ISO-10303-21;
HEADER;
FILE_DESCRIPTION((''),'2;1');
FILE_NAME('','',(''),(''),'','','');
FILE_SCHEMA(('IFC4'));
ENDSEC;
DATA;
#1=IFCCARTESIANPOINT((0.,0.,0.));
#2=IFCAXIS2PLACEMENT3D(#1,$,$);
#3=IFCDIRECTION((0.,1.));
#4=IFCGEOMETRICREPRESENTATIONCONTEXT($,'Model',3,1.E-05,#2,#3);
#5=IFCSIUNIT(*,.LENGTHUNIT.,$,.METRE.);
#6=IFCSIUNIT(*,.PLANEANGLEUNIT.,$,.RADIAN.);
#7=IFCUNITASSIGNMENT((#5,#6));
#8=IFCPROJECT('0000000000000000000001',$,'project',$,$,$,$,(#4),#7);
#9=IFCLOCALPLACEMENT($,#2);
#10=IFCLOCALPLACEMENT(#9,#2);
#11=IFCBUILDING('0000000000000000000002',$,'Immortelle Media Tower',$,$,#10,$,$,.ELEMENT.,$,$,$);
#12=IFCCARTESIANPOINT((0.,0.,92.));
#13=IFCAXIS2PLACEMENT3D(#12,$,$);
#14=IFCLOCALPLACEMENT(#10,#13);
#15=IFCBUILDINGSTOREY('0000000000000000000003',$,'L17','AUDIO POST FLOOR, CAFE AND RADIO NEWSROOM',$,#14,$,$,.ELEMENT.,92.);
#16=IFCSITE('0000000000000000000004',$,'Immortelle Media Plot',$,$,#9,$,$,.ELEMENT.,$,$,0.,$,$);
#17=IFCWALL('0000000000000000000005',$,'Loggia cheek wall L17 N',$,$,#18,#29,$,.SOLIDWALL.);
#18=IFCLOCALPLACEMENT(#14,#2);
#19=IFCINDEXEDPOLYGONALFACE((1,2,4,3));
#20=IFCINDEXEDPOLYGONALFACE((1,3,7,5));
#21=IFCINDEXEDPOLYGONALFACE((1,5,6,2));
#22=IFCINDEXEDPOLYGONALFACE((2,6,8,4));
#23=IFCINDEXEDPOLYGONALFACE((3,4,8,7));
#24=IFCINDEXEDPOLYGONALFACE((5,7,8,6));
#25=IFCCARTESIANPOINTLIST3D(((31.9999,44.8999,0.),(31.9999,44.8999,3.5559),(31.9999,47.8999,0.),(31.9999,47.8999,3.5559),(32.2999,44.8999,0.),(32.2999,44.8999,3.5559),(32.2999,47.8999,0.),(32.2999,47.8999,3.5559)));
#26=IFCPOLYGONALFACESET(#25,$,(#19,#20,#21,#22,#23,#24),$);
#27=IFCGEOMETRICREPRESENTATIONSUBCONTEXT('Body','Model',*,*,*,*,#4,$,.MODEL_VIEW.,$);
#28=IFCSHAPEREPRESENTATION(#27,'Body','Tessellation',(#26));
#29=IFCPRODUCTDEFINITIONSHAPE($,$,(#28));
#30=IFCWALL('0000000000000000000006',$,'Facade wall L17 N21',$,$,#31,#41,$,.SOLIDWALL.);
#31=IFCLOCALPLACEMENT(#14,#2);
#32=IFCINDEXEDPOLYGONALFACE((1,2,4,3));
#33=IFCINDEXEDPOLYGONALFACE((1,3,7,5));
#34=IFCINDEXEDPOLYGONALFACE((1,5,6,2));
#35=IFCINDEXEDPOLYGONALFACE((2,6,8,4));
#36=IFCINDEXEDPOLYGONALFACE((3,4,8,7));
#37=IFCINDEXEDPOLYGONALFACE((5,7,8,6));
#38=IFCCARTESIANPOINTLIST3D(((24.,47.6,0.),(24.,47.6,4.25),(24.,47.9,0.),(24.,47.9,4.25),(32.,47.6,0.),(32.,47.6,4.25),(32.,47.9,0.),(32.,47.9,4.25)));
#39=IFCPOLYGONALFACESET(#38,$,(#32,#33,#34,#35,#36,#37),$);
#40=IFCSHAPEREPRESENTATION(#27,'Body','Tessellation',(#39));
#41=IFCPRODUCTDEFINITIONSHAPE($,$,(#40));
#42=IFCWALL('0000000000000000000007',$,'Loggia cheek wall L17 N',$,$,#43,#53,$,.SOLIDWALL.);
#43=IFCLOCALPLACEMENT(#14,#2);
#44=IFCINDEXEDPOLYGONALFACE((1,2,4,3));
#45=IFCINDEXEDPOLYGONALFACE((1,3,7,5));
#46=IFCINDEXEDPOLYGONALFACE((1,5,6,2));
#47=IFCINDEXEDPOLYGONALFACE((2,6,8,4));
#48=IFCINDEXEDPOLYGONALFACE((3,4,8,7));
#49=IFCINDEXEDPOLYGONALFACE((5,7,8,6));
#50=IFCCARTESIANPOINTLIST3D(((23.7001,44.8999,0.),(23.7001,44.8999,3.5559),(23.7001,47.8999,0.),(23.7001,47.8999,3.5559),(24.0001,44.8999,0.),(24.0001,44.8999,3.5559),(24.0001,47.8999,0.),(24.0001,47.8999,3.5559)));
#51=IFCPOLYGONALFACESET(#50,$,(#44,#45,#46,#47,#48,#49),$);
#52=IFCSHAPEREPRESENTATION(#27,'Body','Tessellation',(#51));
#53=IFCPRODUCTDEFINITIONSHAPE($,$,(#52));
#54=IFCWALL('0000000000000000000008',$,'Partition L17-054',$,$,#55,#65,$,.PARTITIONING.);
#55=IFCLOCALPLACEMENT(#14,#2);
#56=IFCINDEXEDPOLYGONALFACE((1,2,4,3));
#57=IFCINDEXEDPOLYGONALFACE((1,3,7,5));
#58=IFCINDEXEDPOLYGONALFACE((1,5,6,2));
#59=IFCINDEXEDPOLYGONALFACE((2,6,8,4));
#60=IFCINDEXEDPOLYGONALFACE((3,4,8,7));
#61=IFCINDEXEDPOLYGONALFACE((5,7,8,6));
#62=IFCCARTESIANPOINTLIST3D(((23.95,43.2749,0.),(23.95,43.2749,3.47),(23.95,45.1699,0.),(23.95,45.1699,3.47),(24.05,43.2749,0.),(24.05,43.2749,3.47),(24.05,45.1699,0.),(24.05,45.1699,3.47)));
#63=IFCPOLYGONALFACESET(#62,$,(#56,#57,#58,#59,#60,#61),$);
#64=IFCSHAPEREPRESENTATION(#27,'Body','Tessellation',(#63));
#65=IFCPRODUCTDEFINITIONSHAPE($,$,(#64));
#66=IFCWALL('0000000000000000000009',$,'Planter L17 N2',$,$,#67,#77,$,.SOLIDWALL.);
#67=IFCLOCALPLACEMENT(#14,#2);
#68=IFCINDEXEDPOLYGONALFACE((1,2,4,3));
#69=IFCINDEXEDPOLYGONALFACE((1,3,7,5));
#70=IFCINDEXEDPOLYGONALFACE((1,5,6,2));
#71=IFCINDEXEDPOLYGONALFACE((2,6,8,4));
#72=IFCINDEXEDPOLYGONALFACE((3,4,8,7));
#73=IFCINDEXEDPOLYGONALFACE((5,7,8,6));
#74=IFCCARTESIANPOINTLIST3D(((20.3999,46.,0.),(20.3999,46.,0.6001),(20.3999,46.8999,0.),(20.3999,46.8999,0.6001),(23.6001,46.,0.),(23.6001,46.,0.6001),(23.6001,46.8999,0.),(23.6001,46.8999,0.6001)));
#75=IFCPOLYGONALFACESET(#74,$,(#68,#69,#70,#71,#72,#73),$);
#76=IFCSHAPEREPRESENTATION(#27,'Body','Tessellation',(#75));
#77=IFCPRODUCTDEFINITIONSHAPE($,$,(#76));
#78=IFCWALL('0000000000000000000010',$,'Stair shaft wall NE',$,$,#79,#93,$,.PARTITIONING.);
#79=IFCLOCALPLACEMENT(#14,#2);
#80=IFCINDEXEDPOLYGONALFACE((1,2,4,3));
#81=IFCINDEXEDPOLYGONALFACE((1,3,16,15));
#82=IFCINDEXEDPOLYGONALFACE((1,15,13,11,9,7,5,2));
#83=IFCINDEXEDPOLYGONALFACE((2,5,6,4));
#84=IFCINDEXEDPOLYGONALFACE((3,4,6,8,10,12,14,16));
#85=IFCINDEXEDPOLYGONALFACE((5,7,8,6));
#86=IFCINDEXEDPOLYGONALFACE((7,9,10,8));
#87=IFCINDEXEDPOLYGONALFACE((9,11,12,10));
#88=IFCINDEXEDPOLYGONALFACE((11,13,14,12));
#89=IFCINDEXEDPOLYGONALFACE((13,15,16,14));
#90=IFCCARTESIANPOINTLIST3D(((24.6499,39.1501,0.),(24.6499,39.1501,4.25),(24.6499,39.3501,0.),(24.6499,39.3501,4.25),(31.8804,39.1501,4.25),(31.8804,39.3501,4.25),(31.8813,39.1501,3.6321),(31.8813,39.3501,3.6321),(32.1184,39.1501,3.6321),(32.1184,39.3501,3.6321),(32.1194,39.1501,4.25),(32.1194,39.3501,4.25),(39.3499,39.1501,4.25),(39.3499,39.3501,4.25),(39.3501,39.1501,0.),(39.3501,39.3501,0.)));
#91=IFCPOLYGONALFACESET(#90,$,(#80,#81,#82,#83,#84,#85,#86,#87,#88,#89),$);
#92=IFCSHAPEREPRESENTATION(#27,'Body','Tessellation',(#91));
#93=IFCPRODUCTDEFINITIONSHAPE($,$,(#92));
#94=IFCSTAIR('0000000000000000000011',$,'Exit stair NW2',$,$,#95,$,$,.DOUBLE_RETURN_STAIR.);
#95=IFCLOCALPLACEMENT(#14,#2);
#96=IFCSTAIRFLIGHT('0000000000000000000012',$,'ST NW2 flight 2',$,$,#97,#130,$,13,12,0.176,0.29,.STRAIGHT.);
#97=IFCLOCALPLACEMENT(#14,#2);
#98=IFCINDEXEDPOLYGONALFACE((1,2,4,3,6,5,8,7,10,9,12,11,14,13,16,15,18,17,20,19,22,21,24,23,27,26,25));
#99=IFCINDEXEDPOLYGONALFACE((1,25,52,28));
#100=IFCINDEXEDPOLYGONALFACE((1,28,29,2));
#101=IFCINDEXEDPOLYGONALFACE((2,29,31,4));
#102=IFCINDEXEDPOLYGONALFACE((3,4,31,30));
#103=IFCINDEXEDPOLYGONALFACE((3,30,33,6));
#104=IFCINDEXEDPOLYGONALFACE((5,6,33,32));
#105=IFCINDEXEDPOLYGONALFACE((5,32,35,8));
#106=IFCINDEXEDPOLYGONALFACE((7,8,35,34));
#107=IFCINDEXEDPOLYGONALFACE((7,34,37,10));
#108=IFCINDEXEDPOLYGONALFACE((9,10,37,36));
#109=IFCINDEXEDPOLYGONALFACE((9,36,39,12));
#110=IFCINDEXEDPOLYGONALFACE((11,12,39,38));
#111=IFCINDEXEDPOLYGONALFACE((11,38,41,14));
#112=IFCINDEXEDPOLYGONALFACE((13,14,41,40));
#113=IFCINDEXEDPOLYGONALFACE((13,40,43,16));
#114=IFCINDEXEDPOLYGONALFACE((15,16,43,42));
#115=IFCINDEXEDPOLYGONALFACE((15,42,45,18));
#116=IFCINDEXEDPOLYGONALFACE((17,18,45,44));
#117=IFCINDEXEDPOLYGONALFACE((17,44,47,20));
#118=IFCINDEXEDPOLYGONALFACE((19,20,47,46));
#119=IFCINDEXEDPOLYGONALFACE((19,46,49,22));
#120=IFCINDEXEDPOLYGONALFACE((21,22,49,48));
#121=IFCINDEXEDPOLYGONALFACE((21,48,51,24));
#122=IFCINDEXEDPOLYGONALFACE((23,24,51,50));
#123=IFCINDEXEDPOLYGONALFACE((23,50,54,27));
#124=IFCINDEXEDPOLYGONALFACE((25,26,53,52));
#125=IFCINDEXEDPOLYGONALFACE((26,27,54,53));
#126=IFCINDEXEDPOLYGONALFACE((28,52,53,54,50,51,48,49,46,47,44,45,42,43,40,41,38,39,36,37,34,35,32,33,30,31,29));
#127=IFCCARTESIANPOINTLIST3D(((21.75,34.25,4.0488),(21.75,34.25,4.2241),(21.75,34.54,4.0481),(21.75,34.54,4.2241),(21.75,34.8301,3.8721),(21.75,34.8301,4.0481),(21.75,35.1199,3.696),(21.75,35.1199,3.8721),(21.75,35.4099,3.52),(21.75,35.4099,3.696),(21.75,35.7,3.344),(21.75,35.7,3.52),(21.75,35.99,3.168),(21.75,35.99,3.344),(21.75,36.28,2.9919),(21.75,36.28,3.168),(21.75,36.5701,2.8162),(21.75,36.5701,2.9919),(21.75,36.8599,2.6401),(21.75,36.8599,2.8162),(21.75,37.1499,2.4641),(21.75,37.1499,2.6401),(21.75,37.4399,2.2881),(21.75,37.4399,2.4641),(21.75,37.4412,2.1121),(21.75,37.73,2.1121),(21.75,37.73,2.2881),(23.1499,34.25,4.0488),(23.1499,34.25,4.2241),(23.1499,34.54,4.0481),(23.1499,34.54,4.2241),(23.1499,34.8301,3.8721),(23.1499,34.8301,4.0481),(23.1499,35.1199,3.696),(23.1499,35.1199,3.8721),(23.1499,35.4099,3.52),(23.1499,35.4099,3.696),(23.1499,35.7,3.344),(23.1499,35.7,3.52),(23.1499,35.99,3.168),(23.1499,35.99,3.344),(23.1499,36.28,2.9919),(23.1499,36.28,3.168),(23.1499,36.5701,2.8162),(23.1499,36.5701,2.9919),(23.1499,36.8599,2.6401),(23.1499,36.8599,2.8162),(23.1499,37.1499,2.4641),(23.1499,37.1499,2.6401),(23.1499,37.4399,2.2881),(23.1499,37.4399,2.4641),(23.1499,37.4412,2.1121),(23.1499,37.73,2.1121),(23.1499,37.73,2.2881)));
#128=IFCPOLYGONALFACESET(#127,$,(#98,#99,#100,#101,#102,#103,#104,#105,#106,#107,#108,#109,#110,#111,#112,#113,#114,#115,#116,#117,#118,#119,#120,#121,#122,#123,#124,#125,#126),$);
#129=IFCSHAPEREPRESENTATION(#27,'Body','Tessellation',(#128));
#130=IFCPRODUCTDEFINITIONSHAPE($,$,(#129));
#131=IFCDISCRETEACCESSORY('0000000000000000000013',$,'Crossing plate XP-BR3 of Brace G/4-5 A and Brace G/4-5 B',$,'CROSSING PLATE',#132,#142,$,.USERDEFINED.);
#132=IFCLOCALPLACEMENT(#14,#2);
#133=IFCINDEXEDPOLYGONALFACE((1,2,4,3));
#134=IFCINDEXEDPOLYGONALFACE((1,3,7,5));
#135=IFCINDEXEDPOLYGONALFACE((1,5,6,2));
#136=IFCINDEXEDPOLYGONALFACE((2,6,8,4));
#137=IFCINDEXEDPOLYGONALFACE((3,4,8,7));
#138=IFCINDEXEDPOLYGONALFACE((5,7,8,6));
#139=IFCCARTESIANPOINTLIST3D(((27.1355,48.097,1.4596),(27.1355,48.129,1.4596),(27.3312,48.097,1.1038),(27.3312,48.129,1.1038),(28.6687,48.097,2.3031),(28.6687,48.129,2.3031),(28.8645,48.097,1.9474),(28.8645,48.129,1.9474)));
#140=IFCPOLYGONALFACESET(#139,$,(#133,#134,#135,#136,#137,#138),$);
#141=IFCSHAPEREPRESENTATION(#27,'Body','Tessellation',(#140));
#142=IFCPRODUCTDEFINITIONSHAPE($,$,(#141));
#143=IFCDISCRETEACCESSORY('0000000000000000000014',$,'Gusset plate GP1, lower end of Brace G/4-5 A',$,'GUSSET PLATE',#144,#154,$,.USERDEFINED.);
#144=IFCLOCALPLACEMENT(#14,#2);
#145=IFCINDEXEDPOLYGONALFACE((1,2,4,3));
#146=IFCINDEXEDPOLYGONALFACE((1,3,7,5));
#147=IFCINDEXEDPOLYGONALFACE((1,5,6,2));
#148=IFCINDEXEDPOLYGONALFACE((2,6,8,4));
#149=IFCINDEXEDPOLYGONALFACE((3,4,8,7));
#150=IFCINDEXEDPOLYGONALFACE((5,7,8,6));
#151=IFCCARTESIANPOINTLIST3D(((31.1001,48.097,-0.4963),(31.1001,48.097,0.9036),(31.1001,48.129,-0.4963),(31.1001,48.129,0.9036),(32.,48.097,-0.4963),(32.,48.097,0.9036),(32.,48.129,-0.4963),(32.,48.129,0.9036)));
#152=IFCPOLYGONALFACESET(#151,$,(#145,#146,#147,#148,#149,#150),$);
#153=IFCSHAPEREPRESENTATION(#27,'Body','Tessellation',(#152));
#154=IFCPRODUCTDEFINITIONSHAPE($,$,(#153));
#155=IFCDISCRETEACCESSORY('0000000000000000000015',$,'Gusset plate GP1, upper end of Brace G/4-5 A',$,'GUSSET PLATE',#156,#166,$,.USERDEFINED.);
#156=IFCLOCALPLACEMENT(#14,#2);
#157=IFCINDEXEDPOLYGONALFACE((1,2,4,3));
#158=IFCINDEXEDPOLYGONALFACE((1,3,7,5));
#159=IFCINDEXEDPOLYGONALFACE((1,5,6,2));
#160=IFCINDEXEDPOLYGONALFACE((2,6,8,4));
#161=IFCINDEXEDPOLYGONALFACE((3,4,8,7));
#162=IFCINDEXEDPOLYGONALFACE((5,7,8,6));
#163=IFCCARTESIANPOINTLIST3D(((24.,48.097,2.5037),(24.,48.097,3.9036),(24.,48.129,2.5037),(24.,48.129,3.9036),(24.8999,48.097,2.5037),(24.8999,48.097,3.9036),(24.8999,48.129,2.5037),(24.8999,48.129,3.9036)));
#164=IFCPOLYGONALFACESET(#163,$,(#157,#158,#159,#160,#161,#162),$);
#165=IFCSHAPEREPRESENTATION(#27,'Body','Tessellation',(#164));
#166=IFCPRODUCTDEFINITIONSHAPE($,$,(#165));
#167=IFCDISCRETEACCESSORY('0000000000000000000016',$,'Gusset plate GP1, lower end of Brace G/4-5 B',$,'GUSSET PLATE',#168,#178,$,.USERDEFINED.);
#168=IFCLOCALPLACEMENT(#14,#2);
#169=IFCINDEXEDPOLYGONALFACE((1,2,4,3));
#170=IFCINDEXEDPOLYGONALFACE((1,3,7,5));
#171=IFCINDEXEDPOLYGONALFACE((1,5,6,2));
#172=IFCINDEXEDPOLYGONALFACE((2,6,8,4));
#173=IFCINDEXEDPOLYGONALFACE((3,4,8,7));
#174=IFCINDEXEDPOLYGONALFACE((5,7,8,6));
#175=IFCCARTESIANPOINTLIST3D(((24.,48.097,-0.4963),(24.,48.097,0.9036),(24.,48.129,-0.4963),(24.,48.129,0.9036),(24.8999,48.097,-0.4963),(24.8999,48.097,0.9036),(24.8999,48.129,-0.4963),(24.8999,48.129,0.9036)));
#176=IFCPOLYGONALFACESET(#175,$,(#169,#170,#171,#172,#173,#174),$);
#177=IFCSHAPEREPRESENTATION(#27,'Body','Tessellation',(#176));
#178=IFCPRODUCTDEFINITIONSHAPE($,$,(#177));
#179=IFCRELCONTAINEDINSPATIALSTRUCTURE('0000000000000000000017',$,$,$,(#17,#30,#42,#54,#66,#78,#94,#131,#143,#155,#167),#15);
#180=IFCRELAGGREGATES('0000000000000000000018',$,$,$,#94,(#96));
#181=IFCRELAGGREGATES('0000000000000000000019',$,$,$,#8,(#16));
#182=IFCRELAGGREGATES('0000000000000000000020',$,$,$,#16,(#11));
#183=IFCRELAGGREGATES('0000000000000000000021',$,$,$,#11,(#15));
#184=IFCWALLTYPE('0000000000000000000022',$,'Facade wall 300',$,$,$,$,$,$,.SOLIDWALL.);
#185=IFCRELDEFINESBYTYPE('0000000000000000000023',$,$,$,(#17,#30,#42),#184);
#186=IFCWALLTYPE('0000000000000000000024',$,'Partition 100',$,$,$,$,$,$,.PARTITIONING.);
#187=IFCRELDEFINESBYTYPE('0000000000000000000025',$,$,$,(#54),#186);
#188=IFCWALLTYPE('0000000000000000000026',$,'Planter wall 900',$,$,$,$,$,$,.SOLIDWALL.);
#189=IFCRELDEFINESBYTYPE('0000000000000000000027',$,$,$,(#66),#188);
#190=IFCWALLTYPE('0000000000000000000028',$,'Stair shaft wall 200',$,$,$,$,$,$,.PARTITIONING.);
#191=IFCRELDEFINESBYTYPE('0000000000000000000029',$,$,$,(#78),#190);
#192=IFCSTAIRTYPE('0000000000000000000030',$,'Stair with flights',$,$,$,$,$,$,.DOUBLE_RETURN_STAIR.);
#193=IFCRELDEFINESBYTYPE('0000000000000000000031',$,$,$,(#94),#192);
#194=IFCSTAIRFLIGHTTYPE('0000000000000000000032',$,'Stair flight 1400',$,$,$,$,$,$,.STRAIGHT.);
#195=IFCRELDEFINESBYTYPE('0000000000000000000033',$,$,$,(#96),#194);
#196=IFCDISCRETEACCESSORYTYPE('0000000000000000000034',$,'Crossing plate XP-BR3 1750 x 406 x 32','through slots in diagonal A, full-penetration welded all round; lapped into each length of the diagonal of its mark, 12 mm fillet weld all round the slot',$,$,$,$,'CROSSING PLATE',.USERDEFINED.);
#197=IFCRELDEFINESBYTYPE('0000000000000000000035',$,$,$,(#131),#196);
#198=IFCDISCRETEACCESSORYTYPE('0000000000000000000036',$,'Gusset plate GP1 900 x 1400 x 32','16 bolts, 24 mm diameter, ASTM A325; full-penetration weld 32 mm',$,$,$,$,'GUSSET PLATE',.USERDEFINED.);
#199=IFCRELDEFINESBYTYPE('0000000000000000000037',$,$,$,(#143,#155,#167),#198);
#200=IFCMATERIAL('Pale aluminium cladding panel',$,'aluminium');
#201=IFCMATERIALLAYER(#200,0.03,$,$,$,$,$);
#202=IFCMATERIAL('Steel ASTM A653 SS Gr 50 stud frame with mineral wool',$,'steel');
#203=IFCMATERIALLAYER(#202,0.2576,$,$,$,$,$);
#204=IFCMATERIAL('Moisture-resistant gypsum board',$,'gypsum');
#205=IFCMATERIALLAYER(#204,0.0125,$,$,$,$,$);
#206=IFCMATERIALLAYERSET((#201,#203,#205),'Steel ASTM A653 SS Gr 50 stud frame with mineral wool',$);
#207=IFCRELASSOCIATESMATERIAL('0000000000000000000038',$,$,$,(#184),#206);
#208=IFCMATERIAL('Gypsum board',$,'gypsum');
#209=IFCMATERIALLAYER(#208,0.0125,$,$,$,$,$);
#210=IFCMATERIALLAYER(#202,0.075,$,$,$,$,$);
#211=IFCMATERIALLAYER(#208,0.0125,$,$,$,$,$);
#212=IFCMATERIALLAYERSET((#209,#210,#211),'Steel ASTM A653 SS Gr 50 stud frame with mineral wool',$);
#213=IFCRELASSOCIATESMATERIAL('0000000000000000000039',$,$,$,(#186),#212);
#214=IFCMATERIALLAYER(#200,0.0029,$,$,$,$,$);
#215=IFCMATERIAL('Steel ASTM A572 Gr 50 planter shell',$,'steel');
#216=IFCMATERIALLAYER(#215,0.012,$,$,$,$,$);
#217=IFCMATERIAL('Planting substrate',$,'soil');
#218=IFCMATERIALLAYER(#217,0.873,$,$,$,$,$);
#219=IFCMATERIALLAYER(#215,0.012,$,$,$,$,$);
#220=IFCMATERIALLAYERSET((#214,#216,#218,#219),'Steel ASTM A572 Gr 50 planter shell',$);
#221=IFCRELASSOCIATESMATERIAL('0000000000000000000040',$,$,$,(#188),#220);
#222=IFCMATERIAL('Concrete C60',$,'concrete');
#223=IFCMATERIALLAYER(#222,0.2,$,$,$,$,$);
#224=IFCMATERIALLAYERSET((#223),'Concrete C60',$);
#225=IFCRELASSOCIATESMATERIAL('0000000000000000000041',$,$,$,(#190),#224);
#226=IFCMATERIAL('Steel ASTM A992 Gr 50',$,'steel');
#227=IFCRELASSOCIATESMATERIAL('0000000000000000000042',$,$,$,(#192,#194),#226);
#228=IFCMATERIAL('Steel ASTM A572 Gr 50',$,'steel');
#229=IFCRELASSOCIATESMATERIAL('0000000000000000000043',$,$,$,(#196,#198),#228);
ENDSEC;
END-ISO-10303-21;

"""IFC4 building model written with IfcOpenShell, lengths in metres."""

from ifc_helpers import new_model, si_unit, direction, frame, frame_2d, origin, origin_2d, place, context, subcontext, project, spatial, polyline, rectangle, outline, extrude, material, layer, layer_set, material_profile, profile_set, type_object, element, aggregate, save


model = new_model("IFC4")

# Units and contexts
model_context = context("Model", 3, precision=1e-05, world=origin(), true_north=direction((0.0, 1.0)))
body_context = subcontext(model_context, "Body", "Model", "MODEL_VIEW")
ifc_project = project(units=[si_unit("LENGTHUNIT", "METRE"), si_unit("PLANEANGLEUNIT", "RADIAN")], contexts=[model_context])

# Site, building, storey
site_placement = place(None, origin())
site = spatial("IfcSite", under=ifc_project, at=site_placement, Name="Immortelle Media Plot", CompositionType="ELEMENT", RefElevation=0.0)
building_placement = place(site_placement, origin())
building = spatial("IfcBuilding", under=site, at=building_placement, Name="Immortelle Media Tower", CompositionType="ELEMENT")
storey_placement = place(building_placement, frame((0.0, 0.0, 92.0)))
storey = spatial("IfcBuildingStorey", under=building, at=storey_placement, Name="L17", Description="AUDIO POST FLOOR, CAFE AND RADIO NEWSROOM", CompositionType="ELEMENT", Elevation=92.0)

# Shared definitions
ifc_material_1 = material(Name="Steel ASTM A992 Gr 50", Category="steel")

# Shared definitions
ifc_material_2 = material(Name="Steel ASTM A653 SS Gr 50 stud frame with mineral wool", Category="steel")

# Walls
ifc_material_3 = material(Name="Pale aluminium cladding panel", Category="aluminium")
ifc_layer_1 = layer(ifc_material_3, 0.03)
ifc_layer_2 = layer(ifc_material_2, 0.2576)
ifc_material_4 = material(Name="Moisture-resistant gypsum board", Category="gypsum")
ifc_layer_3 = layer(ifc_material_4, 0.0125)
ifc_layer_set_1 = layer_set([ifc_layer_1, ifc_layer_2, ifc_layer_3], Name="Steel ASTM A653 SS Gr 50 stud frame with mineral wool")
wall_type_1 = type_object("IfcWallType", Name="Facade wall 300", PredefinedType="SOLIDWALL", material=ifc_layer_set_1)
wall_1_placement = place(storey_placement, frame((32.1499, 47.8999, 0.0), z_axis=(0.0, 0.0, 1.0), x_axis=(0.0, -1.0, 0.0)))
element("IfcWall", 1, at=wall_1_placement, inside=storey, type_object=wall_type_1, Name="Loggia cheek wall L17 N", PredefinedType="SOLIDWALL", context=body_context, shape_type="SweptSolid", body=[
    extrude(rectangle(XDim=3.0, YDim=0.3, at=frame_2d((1.5, 0.0))), origin(), (0.0, 0.0, 1.0), 3.5559),
])
wall_2_placement = place(storey_placement, frame((32.0, 47.75, 0.0), z_axis=(0.0, 0.0, 1.0), x_axis=(-1.0, 0.0, 0.0)))
element("IfcWall", 2, at=wall_2_placement, inside=storey, type_object=wall_type_1, Name="Facade wall L17 N21", PredefinedType="SOLIDWALL", context=body_context, shape_type="SweptSolid", body=[
    extrude(rectangle(XDim=8.0, YDim=0.3, at=frame_2d((4.0, 0.0))), origin(), (0.0, 0.0, 1.0), 4.25),
])

# Walls
wall_3_placement = place(storey_placement, frame((23.8501, 47.8999, 0.0), z_axis=(0.0, 0.0, 1.0), x_axis=(0.0, -1.0, 0.0)))
element("IfcWall", 3, at=wall_3_placement, inside=storey, type_object=wall_type_1, Name="Loggia cheek wall L17 N", PredefinedType="SOLIDWALL", context=body_context, shape_type="SweptSolid", body=[
    extrude(rectangle(XDim=3.0, YDim=0.3, at=frame_2d((1.5, 0.0))), origin(), (0.0, 0.0, 1.0), 3.5559),
])
ifc_material_5 = material(Name="Gypsum board", Category="gypsum")
ifc_layer_4 = layer(ifc_material_5, 0.0125)
ifc_layer_5 = layer(ifc_material_2, 0.075)
ifc_layer_6 = layer(ifc_material_5, 0.0125)
ifc_layer_set_2 = layer_set([ifc_layer_4, ifc_layer_5, ifc_layer_6], Name="Steel ASTM A653 SS Gr 50 stud frame with mineral wool")
wall_type_2 = type_object("IfcWallType", Name="Partition 100", PredefinedType="PARTITIONING", material=ifc_layer_set_2)
wall_4_placement = place(storey_placement, frame((24.0, 43.2749, 0.0), z_axis=(0.0, 0.0, 1.0), x_axis=(0.0, 1.0, 0.0)))
element("IfcWall", 4, at=wall_4_placement, inside=storey, type_object=wall_type_2, Name="Partition L17-054", PredefinedType="PARTITIONING", context=body_context, shape_type="SweptSolid", body=[
    extrude(rectangle(XDim=1.895, YDim=0.1001, at=frame_2d((0.9475, 0.0))), origin(), (0.0, 0.0, 1.0), 3.47),
])
ifc_layer_7 = layer(ifc_material_3, 0.0029)
ifc_material_6 = material(Name="Steel ASTM A572 Gr 50 planter shell", Category="steel")
ifc_layer_8 = layer(ifc_material_6, 0.012)
ifc_material_7 = material(Name="Planting substrate", Category="soil")
ifc_layer_9 = layer(ifc_material_7, 0.873)
ifc_layer_10 = layer(ifc_material_6, 0.012)
ifc_layer_set_3 = layer_set([ifc_layer_7, ifc_layer_8, ifc_layer_9, ifc_layer_10], Name="Steel ASTM A572 Gr 50 planter shell")
wall_type_3 = type_object("IfcWallType", Name="Planter wall 900", PredefinedType="SOLIDWALL", material=ifc_layer_set_3)
wall_5_placement = place(storey_placement, frame((23.6001, 46.45, 0.0), z_axis=(0.0, 0.0, 1.0), x_axis=(-1.0, 0.0, 0.0)))
element("IfcWall", 5, at=wall_5_placement, inside=storey, type_object=wall_type_3, Name="Planter L17 N2", PredefinedType="SOLIDWALL", context=body_context, shape_type="SweptSolid", body=[
    extrude(rectangle(XDim=3.2002, YDim=0.8999, at=frame_2d((1.6001, 0.0))), origin(), (0.0, 0.0, 1.0), 0.6001),
])
ifc_material_8 = material(Name="Concrete C60", Category="concrete")
ifc_layer_11 = layer(ifc_material_8, 0.2)
ifc_layer_set_4 = layer_set([ifc_layer_11], Name="Concrete C60")
wall_type_4 = type_object("IfcWallType", Name="Stair shaft wall 200", PredefinedType="PARTITIONING", material=ifc_layer_set_4)
wall_6_placement = place(storey_placement, frame((24.6499, 39.25, 0.0), z_axis=(0.0, 0.0, 1.0), x_axis=(1.0, 0.0, 0.0)))
element("IfcWall", 6, at=wall_6_placement, inside=storey, type_object=wall_type_4, Name="Stair shaft wall NE", PredefinedType="PARTITIONING", context=body_context, shape_type="SweptSolid", body=[
    extrude(outline(polyline([(0.0, 0.0), (14.7002, 0.0), (14.7, 4.25), (7.4695, 4.25), (7.4685, 3.6321), (7.2314, 3.6321), (7.2305, 4.25), (0.0, 4.25), (0.0, 0.0)])), frame((0.0, 0.1001, 0.0), z_axis=(0.0, -1.0, 0.0), x_axis=(1.0, 0.0, 0.0)), (0.0, 0.0, 1.0), 0.2),
])

# Stair, stair flight
stair_type = type_object("IfcStairType", Name="Stair with flights", PredefinedType="DOUBLE_RETURN_STAIR", material=ifc_material_1)
stair_placement = place(storey_placement, origin())
stair = element("IfcStair", 7, at=stair_placement, inside=storey, type_object=stair_type, Name="Exit stair NW2", PredefinedType="DOUBLE_RETURN_STAIR")
stair_flight_type = type_object("IfcStairFlightType", Name="Stair flight 1400", PredefinedType="STRAIGHT", material=ifc_material_1)
stair_flight_placement = place(storey_placement, frame((22.45, 37.73, 2.1121), z_axis=(0.0, 0.0, 1.0), x_axis=(0.0, -1.0, 0.0)))
stair_flight = element("IfcStairFlight", 8, at=stair_flight_placement, type_object=stair_flight_type, Name="ST NW2 flight 2", NumberOfRisers=13, NumberOfTreads=12, PredefinedType="STRAIGHT", RiserHeight=0.176, TreadLength=0.29, context=body_context, shape_type="SweptSolid", body=[
    extrude(outline(polyline([(0.0, 0.0), (0.0, 0.176), (0.29, 0.176), (0.29, 0.3521), (0.5801, 0.3521), (0.5801, 0.5281), (0.8701, 0.5281), (0.8701, 0.7041), (1.1599, 0.7041), (1.1599, 0.8799), (1.45, 0.8799), (1.45, 1.0559), (1.74, 1.0559), (1.74, 1.2319), (2.03, 1.2319), (2.03, 1.408), (2.3201, 1.408), (2.3201, 1.584), (2.6101, 1.584), (2.6101, 1.76), (2.8999, 1.76), (2.8999, 1.936), (3.1899, 1.936), (3.1899, 2.1121), (3.48, 2.1121), (3.48, 2.2881), (3.48, 1.9368), (0.2888, 0.0), (0.0, 0.0)])), frame((0.0, 0.7, 0.0), z_axis=(0.0, -1.0, 0.0), x_axis=(1.0, 0.0, 0.0)), (0.0, 0.0, 1.0), 1.3999),
])
aggregate(stair, [stair_flight])

# Discrete accessories
ifc_material_9 = material(Name="Steel ASTM A572 Gr 50", Category="steel")
ifc_material_profile_1 = material_profile(ifc_material_9, rectangle(XDim=0.032, YDim=0.406, at=origin_2d()), Name="PL 32 x 406")
ifc_profile_set_1 = profile_set([ifc_material_profile_1], Name="Steel ASTM A572 Gr 50")
discrete_accessory_type_1 = type_object("IfcDiscreteAccessoryType", Name="Crossing plate XP-BR3 1750 x 406 x 32", Description="through slots in diagonal A, full-penetration welded all round; lapped into each length of the diagonal of its mark, 12 mm fillet weld all round the slot", ElementType="CROSSING PLATE", PredefinedType="USERDEFINED", material=ifc_profile_set_1)
discrete_accessory_placement = place(storey_placement, frame((28.7666, 48.113, 2.1252), z_axis=(-0.876157, 0.0, -0.482026), x_axis=(0.0, -1.0, 0.0)))
element("IfcDiscreteAccessory", 9, at=discrete_accessory_placement, inside=storey, type_object=discrete_accessory_type_1, Name="Crossing plate XP-BR3 of Brace G/4-5 A and Brace G/4-5 B", ObjectType="CROSSING PLATE", PredefinedType="USERDEFINED", context=body_context, shape_type="SweptSolid", body=[
    extrude(rectangle(XDim=0.032, YDim=0.406, at=origin_2d()), origin(), (0.0, 0.0, 1.0), 1.75),
])
ifc_material_profile_2 = material_profile(ifc_material_9, rectangle(XDim=0.032, YDim=1.3999, at=origin_2d()), Name="PL 32 x 1400")
ifc_profile_set_2 = profile_set([ifc_material_profile_2], Name="Steel ASTM A572 Gr 50")
discrete_accessory_type_2 = type_object("IfcDiscreteAccessoryType", Name="Gusset plate GP1 900 x 1400 x 32", Description="16 bolts, 24 mm diameter, ASTM A325; full-penetration weld 32 mm", ElementType="GUSSET PLATE", PredefinedType="USERDEFINED", material=ifc_profile_set_2)
for number, where, z_axis, x_axis, name in (
    (10, (32.0, 48.113, 0.2036), (-1.0, 0.0, 0.0), (0.0, -1.0, 0.0), "Gusset plate GP1, lower end of Brace G/4-5 A"),
    (11, (24.0, 48.113, 3.2036), (1.0, 0.0, 0.0), (0.0, 1.0, 0.0), "Gusset plate GP1, upper end of Brace G/4-5 A"),
    (12, (24.0, 48.113, 0.2036), (1.0, 0.0, 0.0), (0.0, 1.0, 0.0), "Gusset plate GP1, lower end of Brace G/4-5 B"),
):
    element("IfcDiscreteAccessory", number, at=place(storey_placement, frame(where, z_axis=z_axis, x_axis=x_axis)), inside=storey, type_object=discrete_accessory_type_2, Name=name, ObjectType="GUSSET PLATE", PredefinedType="USERDEFINED", context=body_context, shape_type="SweptSolid", body=[
        extrude(rectangle(XDim=0.032, YDim=1.3999, at=origin_2d()), origin(), (0.0, 0.0, 1.0), 0.8999),
    ])

save(model, "model.ifc")
